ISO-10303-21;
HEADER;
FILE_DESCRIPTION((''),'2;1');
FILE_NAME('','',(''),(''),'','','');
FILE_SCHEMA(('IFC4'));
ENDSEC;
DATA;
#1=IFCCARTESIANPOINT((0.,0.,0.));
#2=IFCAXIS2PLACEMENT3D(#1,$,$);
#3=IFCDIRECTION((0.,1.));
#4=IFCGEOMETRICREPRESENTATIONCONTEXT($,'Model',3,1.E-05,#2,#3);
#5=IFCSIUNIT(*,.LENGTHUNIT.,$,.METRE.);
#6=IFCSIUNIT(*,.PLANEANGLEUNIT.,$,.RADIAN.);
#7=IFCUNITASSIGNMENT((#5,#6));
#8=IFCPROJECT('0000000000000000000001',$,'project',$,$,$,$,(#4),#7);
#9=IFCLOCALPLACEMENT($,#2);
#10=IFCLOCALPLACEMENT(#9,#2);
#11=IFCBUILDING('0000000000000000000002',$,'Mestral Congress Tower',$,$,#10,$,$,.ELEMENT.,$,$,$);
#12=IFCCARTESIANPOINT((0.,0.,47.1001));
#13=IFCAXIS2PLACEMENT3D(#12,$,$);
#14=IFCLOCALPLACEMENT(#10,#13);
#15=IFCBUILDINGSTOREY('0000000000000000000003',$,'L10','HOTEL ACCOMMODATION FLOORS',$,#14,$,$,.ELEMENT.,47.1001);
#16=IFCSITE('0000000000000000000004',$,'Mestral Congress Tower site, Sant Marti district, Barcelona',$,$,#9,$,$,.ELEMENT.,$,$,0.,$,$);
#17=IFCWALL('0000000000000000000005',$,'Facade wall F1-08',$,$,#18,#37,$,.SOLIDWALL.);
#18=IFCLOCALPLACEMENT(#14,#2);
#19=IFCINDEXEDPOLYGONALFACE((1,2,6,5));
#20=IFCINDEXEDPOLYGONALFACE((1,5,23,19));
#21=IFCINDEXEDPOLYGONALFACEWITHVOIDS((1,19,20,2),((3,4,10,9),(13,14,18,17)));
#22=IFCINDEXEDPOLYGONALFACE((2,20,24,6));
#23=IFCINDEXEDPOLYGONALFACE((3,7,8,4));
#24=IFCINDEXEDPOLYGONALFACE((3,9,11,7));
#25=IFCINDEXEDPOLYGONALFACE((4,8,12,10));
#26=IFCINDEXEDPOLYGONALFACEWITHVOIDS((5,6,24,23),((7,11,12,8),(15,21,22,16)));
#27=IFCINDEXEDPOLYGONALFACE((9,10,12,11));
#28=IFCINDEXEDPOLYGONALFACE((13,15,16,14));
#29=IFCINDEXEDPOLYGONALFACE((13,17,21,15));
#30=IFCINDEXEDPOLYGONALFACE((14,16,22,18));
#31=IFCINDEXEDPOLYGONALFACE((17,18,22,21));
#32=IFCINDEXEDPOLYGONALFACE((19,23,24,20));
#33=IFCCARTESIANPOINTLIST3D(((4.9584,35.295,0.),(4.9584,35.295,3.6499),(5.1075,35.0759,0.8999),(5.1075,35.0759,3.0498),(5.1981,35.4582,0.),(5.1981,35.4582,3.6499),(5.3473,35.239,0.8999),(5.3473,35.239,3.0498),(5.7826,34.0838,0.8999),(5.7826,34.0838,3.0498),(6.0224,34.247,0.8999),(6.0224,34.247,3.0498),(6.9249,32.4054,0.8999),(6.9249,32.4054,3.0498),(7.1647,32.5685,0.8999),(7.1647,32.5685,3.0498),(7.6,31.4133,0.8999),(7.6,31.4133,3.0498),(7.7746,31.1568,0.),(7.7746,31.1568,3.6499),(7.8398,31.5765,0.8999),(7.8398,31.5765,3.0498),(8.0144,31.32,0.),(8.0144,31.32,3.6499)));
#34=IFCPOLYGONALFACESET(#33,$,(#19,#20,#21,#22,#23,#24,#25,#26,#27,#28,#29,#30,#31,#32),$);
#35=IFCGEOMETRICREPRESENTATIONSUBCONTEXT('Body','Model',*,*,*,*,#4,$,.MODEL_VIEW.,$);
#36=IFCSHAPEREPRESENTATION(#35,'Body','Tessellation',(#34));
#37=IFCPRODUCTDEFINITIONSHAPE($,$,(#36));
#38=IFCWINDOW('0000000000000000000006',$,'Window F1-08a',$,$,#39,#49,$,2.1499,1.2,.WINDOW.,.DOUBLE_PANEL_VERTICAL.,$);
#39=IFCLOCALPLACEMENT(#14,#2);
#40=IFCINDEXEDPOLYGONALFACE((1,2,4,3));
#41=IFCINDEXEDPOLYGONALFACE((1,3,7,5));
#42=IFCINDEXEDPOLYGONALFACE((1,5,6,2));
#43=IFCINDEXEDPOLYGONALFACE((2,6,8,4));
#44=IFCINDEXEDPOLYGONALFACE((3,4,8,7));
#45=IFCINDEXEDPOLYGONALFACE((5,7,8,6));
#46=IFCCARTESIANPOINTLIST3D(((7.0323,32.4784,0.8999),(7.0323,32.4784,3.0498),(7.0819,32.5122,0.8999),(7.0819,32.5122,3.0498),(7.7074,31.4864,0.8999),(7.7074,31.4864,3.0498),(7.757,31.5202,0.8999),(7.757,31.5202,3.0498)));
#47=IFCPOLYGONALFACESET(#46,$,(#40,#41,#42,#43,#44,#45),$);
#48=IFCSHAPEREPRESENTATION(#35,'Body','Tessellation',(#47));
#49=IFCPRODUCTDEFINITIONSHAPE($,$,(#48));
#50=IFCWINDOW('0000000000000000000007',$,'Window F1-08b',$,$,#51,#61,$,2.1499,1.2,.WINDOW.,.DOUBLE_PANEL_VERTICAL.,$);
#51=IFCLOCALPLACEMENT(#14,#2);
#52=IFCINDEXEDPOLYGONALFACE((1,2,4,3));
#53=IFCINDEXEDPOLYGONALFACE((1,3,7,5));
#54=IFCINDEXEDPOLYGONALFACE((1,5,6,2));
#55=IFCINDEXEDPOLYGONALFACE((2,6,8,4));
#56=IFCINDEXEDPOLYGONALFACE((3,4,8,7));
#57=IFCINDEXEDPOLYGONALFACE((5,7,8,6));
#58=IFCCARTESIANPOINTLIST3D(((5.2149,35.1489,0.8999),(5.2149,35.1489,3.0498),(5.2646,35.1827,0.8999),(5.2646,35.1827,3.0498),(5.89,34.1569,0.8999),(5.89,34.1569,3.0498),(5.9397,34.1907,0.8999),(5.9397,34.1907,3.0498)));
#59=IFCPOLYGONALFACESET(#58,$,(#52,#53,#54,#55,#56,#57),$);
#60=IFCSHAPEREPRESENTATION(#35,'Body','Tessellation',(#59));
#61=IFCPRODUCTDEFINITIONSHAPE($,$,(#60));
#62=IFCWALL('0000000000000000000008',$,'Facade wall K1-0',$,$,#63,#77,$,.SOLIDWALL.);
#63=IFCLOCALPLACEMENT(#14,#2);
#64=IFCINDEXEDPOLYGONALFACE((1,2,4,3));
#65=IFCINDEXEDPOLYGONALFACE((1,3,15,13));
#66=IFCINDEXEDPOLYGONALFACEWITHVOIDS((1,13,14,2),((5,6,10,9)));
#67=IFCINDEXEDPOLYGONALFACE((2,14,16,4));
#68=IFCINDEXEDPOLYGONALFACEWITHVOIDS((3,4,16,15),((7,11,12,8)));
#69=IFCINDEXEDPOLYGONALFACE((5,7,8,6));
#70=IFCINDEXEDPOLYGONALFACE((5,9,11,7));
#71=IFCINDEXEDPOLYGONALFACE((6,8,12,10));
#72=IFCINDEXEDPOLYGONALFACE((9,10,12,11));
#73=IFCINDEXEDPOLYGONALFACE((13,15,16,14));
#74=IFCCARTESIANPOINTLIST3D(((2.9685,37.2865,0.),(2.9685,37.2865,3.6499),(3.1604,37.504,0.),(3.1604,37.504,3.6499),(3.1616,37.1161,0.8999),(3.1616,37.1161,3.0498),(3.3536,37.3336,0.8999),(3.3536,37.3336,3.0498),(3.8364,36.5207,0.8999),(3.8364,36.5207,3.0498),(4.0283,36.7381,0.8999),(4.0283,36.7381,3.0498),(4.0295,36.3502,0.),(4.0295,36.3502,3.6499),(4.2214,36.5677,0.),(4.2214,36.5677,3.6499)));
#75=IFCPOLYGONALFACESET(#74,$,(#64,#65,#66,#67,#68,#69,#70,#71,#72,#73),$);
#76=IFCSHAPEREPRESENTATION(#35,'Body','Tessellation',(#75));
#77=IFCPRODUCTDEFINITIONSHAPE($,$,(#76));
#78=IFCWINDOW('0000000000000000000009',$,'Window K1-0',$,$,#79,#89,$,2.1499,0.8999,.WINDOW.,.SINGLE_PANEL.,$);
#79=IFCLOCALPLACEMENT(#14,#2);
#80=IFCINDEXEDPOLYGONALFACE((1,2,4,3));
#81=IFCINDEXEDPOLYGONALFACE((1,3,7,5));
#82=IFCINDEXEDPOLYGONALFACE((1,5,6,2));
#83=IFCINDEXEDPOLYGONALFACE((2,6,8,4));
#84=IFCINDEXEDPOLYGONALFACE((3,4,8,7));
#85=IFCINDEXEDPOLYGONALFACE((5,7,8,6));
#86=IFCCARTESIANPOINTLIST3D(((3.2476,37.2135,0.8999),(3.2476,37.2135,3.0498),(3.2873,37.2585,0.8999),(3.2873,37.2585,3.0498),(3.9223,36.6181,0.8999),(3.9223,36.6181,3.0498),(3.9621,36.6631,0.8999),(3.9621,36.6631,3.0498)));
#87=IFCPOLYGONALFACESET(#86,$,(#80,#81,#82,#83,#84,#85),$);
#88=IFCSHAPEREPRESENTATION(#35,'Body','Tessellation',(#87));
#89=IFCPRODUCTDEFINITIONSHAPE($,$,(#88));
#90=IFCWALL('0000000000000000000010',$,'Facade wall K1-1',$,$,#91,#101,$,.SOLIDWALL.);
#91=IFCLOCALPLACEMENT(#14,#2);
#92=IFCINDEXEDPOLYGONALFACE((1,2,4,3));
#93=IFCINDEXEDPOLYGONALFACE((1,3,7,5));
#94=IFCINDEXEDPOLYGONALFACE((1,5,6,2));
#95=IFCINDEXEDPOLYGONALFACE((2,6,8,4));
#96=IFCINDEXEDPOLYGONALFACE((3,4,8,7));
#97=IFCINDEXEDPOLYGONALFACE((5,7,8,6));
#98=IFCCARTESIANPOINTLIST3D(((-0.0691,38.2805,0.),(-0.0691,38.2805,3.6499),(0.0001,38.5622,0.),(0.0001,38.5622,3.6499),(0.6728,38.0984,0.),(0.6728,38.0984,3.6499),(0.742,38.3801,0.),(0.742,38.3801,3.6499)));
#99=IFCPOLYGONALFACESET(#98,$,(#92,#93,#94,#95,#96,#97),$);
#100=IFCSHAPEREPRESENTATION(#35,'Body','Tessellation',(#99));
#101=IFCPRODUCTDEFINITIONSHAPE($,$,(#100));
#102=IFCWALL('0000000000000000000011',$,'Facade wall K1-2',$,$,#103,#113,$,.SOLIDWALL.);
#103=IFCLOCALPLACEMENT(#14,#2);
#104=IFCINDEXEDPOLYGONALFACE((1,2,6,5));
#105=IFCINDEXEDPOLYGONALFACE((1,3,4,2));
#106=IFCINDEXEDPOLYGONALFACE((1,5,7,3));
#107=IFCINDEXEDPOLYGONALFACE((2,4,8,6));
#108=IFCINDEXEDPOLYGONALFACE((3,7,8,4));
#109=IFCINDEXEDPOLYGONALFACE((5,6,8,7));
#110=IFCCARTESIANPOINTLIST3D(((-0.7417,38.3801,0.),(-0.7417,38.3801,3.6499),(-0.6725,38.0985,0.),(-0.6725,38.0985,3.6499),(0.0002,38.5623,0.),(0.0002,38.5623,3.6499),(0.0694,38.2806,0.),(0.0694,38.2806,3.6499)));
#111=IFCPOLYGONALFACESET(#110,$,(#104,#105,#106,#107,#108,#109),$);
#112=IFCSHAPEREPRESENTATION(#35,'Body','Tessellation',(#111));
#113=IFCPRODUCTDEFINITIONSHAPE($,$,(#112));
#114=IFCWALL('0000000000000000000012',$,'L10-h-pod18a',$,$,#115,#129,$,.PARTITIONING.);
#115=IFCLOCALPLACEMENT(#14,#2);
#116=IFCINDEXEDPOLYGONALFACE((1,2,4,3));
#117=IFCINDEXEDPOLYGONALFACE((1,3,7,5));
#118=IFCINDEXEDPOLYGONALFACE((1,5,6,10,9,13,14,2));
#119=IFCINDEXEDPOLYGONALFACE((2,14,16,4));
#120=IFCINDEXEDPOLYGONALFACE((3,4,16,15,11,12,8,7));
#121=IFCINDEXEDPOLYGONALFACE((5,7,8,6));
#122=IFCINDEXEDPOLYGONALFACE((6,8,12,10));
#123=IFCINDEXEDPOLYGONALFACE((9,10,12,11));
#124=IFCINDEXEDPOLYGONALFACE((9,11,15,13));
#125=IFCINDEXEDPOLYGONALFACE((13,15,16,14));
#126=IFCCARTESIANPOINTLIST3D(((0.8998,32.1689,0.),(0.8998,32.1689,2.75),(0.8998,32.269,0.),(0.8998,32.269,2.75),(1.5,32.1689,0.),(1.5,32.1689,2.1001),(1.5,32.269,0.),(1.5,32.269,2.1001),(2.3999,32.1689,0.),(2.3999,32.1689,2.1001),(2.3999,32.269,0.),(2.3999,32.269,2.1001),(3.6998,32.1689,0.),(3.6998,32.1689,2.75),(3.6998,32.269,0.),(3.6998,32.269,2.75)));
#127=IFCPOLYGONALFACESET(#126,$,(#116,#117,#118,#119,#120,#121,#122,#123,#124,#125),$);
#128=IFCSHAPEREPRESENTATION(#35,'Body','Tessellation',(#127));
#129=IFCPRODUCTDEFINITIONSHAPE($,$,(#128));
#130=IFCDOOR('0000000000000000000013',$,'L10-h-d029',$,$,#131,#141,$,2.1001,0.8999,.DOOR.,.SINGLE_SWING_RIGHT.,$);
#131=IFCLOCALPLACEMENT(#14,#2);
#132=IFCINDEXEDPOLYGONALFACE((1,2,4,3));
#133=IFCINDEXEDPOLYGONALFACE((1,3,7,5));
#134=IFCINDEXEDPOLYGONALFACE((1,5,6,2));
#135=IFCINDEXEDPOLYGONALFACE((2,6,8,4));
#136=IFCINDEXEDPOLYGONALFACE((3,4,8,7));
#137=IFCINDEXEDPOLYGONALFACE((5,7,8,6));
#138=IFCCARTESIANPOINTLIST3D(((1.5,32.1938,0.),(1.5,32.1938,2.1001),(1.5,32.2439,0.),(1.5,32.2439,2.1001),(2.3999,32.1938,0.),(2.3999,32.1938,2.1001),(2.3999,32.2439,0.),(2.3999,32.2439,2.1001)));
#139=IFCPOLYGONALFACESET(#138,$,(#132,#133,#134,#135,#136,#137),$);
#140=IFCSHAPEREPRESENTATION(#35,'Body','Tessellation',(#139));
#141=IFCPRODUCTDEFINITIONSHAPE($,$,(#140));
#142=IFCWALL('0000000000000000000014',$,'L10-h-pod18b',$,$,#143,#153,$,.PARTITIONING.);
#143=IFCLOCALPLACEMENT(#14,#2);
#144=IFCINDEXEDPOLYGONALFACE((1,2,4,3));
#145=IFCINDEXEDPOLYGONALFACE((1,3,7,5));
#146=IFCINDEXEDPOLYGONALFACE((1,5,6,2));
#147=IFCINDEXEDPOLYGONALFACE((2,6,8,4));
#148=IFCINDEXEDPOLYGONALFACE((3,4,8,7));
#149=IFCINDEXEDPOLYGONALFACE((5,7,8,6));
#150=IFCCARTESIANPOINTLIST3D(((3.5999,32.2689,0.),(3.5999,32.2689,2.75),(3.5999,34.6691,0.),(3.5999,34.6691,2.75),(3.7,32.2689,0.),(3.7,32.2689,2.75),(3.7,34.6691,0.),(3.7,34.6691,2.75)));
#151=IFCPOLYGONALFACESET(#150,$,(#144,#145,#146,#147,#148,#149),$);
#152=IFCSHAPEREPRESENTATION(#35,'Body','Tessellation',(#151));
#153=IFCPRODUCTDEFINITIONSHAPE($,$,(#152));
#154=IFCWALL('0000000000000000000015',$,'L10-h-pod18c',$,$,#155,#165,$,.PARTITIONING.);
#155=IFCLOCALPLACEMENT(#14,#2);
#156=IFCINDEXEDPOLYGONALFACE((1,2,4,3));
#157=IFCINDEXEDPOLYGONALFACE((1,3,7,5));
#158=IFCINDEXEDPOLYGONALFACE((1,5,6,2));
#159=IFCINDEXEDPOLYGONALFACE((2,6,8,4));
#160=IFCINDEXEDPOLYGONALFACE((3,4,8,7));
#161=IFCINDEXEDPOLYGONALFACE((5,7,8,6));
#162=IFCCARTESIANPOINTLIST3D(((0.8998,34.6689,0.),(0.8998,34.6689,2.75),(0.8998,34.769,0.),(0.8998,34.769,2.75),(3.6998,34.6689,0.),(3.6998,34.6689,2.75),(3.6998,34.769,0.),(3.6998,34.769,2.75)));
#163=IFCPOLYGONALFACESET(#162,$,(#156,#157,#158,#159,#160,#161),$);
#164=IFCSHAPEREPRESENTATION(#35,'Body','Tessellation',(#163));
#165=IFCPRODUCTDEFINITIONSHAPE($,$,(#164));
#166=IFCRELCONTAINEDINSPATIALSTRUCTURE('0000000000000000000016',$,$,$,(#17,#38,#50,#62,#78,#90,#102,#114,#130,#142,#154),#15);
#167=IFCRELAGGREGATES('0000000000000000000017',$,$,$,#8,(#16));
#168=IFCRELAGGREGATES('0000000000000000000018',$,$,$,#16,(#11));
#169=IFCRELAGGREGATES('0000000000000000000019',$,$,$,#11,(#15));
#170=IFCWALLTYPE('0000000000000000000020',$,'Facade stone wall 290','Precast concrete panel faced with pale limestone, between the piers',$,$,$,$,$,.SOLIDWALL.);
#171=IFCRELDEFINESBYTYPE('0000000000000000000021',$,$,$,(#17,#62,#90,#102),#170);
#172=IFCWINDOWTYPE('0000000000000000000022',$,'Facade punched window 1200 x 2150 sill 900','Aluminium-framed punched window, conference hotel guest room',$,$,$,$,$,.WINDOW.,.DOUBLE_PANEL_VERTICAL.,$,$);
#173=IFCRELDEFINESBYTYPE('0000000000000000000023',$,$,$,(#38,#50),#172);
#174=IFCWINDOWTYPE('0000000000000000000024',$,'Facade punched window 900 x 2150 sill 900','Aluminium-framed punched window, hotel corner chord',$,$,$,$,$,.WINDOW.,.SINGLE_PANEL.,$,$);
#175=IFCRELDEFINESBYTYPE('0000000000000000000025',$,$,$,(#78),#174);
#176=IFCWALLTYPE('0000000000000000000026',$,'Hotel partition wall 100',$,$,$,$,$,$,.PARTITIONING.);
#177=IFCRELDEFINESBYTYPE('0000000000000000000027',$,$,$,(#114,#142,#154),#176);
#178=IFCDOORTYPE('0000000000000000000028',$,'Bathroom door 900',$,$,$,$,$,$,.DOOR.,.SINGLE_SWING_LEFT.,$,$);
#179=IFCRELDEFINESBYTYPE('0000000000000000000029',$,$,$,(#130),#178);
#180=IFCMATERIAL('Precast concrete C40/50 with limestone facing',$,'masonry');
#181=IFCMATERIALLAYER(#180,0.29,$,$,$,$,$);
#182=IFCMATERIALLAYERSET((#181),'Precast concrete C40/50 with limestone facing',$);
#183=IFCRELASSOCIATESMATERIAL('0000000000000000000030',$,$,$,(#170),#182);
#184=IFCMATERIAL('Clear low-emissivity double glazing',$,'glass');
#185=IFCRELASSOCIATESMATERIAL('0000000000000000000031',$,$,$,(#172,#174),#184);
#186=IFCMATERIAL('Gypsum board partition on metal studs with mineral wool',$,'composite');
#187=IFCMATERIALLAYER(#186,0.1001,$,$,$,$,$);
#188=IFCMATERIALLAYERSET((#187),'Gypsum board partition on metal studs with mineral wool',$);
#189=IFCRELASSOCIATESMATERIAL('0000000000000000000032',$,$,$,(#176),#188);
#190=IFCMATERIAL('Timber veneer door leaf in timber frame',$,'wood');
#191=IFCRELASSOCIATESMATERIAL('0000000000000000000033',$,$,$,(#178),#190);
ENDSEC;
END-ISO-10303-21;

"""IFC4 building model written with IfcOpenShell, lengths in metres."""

from ifc_helpers import new_model, si_unit, direction, frame, frame_2d, origin, place, context, subcontext, project, spatial, rectangle, extrude, material, layer, layer_set, type_object, element, fill, save


model = new_model("IFC4")

# Units and contexts
model_context = context("Model", 3, precision=1e-05, world=origin(), true_north=direction((0.0, 1.0)))
body_context = subcontext(model_context, "Body", "Model", "MODEL_VIEW")
ifc_project = project(units=[si_unit("LENGTHUNIT", "METRE"), si_unit("PLANEANGLEUNIT", "RADIAN")], contexts=[model_context])

# Site, building, storey
site_placement = place(None, origin())
site = spatial("IfcSite", under=ifc_project, at=site_placement, Name="Mestral Congress Tower site, Sant Marti district, Barcelona", CompositionType="ELEMENT", RefElevation=0.0)
building_placement = place(site_placement, origin())
building = spatial("IfcBuilding", under=site, at=building_placement, Name="Mestral Congress Tower", CompositionType="ELEMENT")
storey_placement = place(building_placement, frame((0.0, 0.0, 47.1001)))
storey = spatial("IfcBuildingStorey", under=building, at=storey_placement, Name="L10", Description="HOTEL ACCOMMODATION FLOORS", CompositionType="ELEMENT", Elevation=47.1001)

# Wall, openings, windows
ifc_material_1 = material(Name="Precast concrete C40/50 with limestone facing", Category="masonry")
ifc_layer_1 = layer(ifc_material_1, 0.29)
ifc_layer_set_1 = layer_set([ifc_layer_1], Name="Precast concrete C40/50 with limestone facing")
wall_type_1 = type_object("IfcWallType", Name="Facade stone wall 290", Description="Precast concrete panel faced with pale limestone, between the piers", PredefinedType="SOLIDWALL", material=ifc_layer_set_1)
wall_1_placement = place(storey_placement, frame((7.8945, 31.2383, 0.0), z_axis=(0.0, 0.0, 1.0), x_axis=(-0.56261, 0.826722, 0.0)))
wall_1 = element("IfcWall", 1, at=wall_1_placement, inside=storey, type_object=wall_type_1, Name="Facade wall F1-08", PredefinedType="SOLIDWALL", context=body_context, shape_type="SweptSolid", body=[
    extrude(rectangle(XDim=5.0056, YDim=0.29, at=frame_2d((2.5029, 0.0))), origin(), (0.0, 0.0, 1.0), 3.6499),
])
opening_1_placement = place(wall_1_placement, frame((0.3103, 0.0, 0.8999)))
opening_1 = element("IfcOpeningElement", 2, at=opening_1_placement, cuts=wall_1, PredefinedType="OPENING", context=body_context, shape_type="SweptSolid", body=[
    extrude(rectangle(XDim=1.2, YDim=2.1499, at=frame_2d((0.6001, 1.075))), frame((0.0, 0.155, 0.0), z_axis=(0.0, -1.0, 0.0), x_axis=(1.0, 0.0, 0.0)), (0.0, 0.0, 1.0), 0.3101),
])
opening_2_placement = place(wall_1_placement, frame((3.5405, 0.0, 0.8999)))
opening_2 = element("IfcOpeningElement", 3, at=opening_2_placement, cuts=wall_1, PredefinedType="OPENING", context=body_context, shape_type="SweptSolid", body=[
    extrude(rectangle(XDim=1.2, YDim=2.1499, at=frame_2d((0.6001, 1.075))), frame((0.0, 0.155, 0.0), z_axis=(0.0, -1.0, 0.0), x_axis=(1.0, 0.0, 0.0)), (0.0, 0.0, 1.0), 0.3101),
])
ifc_material_2 = material(Name="Clear low-emissivity double glazing", Category="glass")
window_type_1 = type_object("IfcWindowType", Name="Facade punched window 1200 x 2150 sill 900", Description="Aluminium-framed punched window, conference hotel guest room", PartitioningType="DOUBLE_PANEL_VERTICAL", PredefinedType="WINDOW", material=ifc_material_2)
window_1_placement = place(opening_1_placement, origin())
window_1 = element("IfcWindow", 4, at=window_1_placement, inside=storey, type_object=window_type_1, Name="Window F1-08a", OverallHeight=2.1499, OverallWidth=1.2, PartitioningType="DOUBLE_PANEL_VERTICAL", PredefinedType="WINDOW", context=body_context, shape_type="SweptSolid", body=[
    extrude(rectangle(XDim=1.2, YDim=2.1499, at=frame_2d((0.6001, 1.075))), frame((0.0, 0.0151, 0.0), z_axis=(0.0, -1.0, 0.0), x_axis=(1.0, 0.0, 0.0)), (0.0, 0.0, 1.0), 0.0601),
])
fill(opening_1, window_1)
window_2_placement = place(opening_2_placement, origin())
window_2 = element("IfcWindow", 5, at=window_2_placement, inside=storey, type_object=window_type_1, Name="Window F1-08b", OverallHeight=2.1499, OverallWidth=1.2, PartitioningType="DOUBLE_PANEL_VERTICAL", PredefinedType="WINDOW", context=body_context, shape_type="SweptSolid", body=[
    extrude(rectangle(XDim=1.2, YDim=2.1499, at=frame_2d((0.6001, 1.075))), frame((0.0, 0.0151, 0.0), z_axis=(0.0, -1.0, 0.0), x_axis=(1.0, 0.0, 0.0)), (0.0, 0.0, 1.0), 0.0601),
])
fill(opening_2, window_2)

# Wall, opening, window
wall_2_placement = place(storey_placement, frame((4.1255, 36.459, 0.0), z_axis=(0.0, 0.0, 1.0), x_axis=(-0.749813, 0.66165, 0.0)))
wall_2 = element("IfcWall", 6, at=wall_2_placement, inside=storey, type_object=wall_type_1, Name="Facade wall K1-0", PredefinedType="SOLIDWALL", context=body_context, shape_type="SweptSolid", body=[
    extrude(rectangle(XDim=1.415, YDim=0.29, at=frame_2d((0.7075, 0.0))), origin(), (0.0, 0.0, 1.0), 3.6499),
])
opening_3_placement = place(wall_2_placement, frame((0.2576, 0.0, 0.8999)))
opening_3 = element("IfcOpeningElement", 7, at=opening_3_placement, cuts=wall_2, PredefinedType="OPENING", context=body_context, shape_type="SweptSolid", body=[
    extrude(rectangle(XDim=0.8999, YDim=2.1499, at=frame_2d((0.45, 1.075))), frame((0.0, 0.155, 0.0), z_axis=(0.0, -1.0, 0.0), x_axis=(1.0, 0.0, 0.0)), (0.0, 0.0, 1.0), 0.3101),
])
window_type_2 = type_object("IfcWindowType", Name="Facade punched window 900 x 2150 sill 900", Description="Aluminium-framed punched window, hotel corner chord", PartitioningType="SINGLE_PANEL", PredefinedType="WINDOW", material=ifc_material_2)
window_3_placement = place(opening_3_placement, origin())
window_3 = element("IfcWindow", 8, at=window_3_placement, inside=storey, type_object=window_type_2, Name="Window K1-0", OverallHeight=2.1499, OverallWidth=0.8999, PartitioningType="SINGLE_PANEL", PredefinedType="WINDOW", context=body_context, shape_type="SweptSolid", body=[
    extrude(rectangle(XDim=0.8999, YDim=2.1499, at=frame_2d((0.45, 1.075))), frame((0.0, 0.0151, 0.0), z_axis=(0.0, -1.0, 0.0), x_axis=(1.0, 0.0, 0.0)), (0.0, 0.0, 1.0), 0.0601),
])
fill(opening_3, window_3)

# Walls
for number, where, z_axis, x_axis, name in (
    (9, (0.7073, 38.2393, 0.0), (0.0, 0.0, 1.0), (-0.971168, 0.238398, 0.0), "Facade wall K1-1"),
    (10, (0.0347, 38.4214, 0.0), (0.0, 0.0, 1.0), (-0.971168, -0.238398, 0.0), "Facade wall K1-2"),
):
    element("IfcWall", number, at=place(storey_placement, frame(where, z_axis=z_axis, x_axis=x_axis)), inside=storey, type_object=wall_type_1, Name=name, PredefinedType="SOLIDWALL", context=body_context, shape_type="SweptSolid", body=[
        extrude(rectangle(XDim=0.7639, YDim=0.29, at=frame_2d((0.3818, 0.0))), origin(), (0.0, 0.0, 1.0), 3.6499),
    ])

# Wall, opening, door
ifc_material_3 = material(Name="Gypsum board partition on metal studs with mineral wool", Category="composite")
ifc_layer_2 = layer(ifc_material_3, 0.1001)
ifc_layer_set_2 = layer_set([ifc_layer_2], Name="Gypsum board partition on metal studs with mineral wool")
wall_type_2 = type_object("IfcWallType", Name="Hotel partition wall 100", PredefinedType="PARTITIONING", material=ifc_layer_set_2)
wall_3_placement = place(storey_placement, frame((0.8999, 32.219, 0.0), z_axis=(0.0, 0.0, 1.0), x_axis=(1.0, 0.0, 0.0)))
wall_3 = element("IfcWall", 11, at=wall_3_placement, inside=storey, type_object=wall_type_2, Name="L10-h-pod18a", PredefinedType="PARTITIONING", context=body_context, shape_type="SweptSolid", body=[
    extrude(rectangle(XDim=2.8, YDim=0.1001, at=frame_2d((1.3999, 0.0))), origin(), (0.0, 0.0, 1.0), 2.75),
])
opening_4_placement = place(wall_3_placement, frame((0.6001, 0.0, 0.0)))
opening_4 = element("IfcOpeningElement", 12, at=opening_4_placement, cuts=wall_3, PredefinedType="OPENING", context=body_context, shape_type="SweptSolid", body=[
    extrude(rectangle(XDim=0.8999, YDim=2.1001, at=frame_2d((0.45, 1.05))), frame((0.0, 0.0601, 0.0), z_axis=(0.0, -1.0, 0.0), x_axis=(1.0, 0.0, 0.0)), (0.0, 0.0, 1.0), 0.1201),
])
ifc_material_4 = material(Name="Timber veneer door leaf in timber frame", Category="wood")
door_type_1 = type_object("IfcDoorType", Name="Bathroom door 900", OperationType="SINGLE_SWING_LEFT", PredefinedType="DOOR", material=ifc_material_4)
door_1_placement = place(opening_4_placement, origin())
door_1 = element("IfcDoor", 13, at=door_1_placement, inside=storey, type_object=door_type_1, Name="L10-h-d029", OperationType="SINGLE_SWING_RIGHT", OverallHeight=2.1001, OverallWidth=0.8999, PredefinedType="DOOR", context=body_context, shape_type="SweptSolid", body=[
    extrude(rectangle(XDim=0.8999, YDim=2.1001, at=frame_2d((0.45, 1.05))), frame((0.0, 0.0249, 0.0), z_axis=(0.0, -1.0, 0.0), x_axis=(1.0, 0.0, 0.0)), (0.0, 0.0, 1.0), 0.05),
])
fill(opening_4, door_1)

# Walls
wall_4_placement = place(storey_placement, frame((3.6499, 32.2688, 0.0), z_axis=(0.0, 0.0, 1.0), x_axis=(0.0, 1.0, 0.0)))
element("IfcWall", 14, at=wall_4_placement, inside=storey, type_object=wall_type_2, Name="L10-h-pod18b", PredefinedType="PARTITIONING", context=body_context, shape_type="SweptSolid", body=[
    extrude(rectangle(XDim=2.4001, YDim=0.1001, at=frame_2d((1.2002, 0.0))), origin(), (0.0, 0.0, 1.0), 2.75),
])
wall_5_placement = place(storey_placement, frame((0.8999, 34.719, 0.0), z_axis=(0.0, 0.0, 1.0), x_axis=(1.0, 0.0, 0.0)))
element("IfcWall", 15, at=wall_5_placement, inside=storey, type_object=wall_type_2, Name="L10-h-pod18c", PredefinedType="PARTITIONING", context=body_context, shape_type="SweptSolid", body=[
    extrude(rectangle(XDim=2.8, YDim=0.1001, at=frame_2d((1.3999, 0.0))), origin(), (0.0, 0.0, 1.0), 2.75),
])

save(model, "model.ifc")
